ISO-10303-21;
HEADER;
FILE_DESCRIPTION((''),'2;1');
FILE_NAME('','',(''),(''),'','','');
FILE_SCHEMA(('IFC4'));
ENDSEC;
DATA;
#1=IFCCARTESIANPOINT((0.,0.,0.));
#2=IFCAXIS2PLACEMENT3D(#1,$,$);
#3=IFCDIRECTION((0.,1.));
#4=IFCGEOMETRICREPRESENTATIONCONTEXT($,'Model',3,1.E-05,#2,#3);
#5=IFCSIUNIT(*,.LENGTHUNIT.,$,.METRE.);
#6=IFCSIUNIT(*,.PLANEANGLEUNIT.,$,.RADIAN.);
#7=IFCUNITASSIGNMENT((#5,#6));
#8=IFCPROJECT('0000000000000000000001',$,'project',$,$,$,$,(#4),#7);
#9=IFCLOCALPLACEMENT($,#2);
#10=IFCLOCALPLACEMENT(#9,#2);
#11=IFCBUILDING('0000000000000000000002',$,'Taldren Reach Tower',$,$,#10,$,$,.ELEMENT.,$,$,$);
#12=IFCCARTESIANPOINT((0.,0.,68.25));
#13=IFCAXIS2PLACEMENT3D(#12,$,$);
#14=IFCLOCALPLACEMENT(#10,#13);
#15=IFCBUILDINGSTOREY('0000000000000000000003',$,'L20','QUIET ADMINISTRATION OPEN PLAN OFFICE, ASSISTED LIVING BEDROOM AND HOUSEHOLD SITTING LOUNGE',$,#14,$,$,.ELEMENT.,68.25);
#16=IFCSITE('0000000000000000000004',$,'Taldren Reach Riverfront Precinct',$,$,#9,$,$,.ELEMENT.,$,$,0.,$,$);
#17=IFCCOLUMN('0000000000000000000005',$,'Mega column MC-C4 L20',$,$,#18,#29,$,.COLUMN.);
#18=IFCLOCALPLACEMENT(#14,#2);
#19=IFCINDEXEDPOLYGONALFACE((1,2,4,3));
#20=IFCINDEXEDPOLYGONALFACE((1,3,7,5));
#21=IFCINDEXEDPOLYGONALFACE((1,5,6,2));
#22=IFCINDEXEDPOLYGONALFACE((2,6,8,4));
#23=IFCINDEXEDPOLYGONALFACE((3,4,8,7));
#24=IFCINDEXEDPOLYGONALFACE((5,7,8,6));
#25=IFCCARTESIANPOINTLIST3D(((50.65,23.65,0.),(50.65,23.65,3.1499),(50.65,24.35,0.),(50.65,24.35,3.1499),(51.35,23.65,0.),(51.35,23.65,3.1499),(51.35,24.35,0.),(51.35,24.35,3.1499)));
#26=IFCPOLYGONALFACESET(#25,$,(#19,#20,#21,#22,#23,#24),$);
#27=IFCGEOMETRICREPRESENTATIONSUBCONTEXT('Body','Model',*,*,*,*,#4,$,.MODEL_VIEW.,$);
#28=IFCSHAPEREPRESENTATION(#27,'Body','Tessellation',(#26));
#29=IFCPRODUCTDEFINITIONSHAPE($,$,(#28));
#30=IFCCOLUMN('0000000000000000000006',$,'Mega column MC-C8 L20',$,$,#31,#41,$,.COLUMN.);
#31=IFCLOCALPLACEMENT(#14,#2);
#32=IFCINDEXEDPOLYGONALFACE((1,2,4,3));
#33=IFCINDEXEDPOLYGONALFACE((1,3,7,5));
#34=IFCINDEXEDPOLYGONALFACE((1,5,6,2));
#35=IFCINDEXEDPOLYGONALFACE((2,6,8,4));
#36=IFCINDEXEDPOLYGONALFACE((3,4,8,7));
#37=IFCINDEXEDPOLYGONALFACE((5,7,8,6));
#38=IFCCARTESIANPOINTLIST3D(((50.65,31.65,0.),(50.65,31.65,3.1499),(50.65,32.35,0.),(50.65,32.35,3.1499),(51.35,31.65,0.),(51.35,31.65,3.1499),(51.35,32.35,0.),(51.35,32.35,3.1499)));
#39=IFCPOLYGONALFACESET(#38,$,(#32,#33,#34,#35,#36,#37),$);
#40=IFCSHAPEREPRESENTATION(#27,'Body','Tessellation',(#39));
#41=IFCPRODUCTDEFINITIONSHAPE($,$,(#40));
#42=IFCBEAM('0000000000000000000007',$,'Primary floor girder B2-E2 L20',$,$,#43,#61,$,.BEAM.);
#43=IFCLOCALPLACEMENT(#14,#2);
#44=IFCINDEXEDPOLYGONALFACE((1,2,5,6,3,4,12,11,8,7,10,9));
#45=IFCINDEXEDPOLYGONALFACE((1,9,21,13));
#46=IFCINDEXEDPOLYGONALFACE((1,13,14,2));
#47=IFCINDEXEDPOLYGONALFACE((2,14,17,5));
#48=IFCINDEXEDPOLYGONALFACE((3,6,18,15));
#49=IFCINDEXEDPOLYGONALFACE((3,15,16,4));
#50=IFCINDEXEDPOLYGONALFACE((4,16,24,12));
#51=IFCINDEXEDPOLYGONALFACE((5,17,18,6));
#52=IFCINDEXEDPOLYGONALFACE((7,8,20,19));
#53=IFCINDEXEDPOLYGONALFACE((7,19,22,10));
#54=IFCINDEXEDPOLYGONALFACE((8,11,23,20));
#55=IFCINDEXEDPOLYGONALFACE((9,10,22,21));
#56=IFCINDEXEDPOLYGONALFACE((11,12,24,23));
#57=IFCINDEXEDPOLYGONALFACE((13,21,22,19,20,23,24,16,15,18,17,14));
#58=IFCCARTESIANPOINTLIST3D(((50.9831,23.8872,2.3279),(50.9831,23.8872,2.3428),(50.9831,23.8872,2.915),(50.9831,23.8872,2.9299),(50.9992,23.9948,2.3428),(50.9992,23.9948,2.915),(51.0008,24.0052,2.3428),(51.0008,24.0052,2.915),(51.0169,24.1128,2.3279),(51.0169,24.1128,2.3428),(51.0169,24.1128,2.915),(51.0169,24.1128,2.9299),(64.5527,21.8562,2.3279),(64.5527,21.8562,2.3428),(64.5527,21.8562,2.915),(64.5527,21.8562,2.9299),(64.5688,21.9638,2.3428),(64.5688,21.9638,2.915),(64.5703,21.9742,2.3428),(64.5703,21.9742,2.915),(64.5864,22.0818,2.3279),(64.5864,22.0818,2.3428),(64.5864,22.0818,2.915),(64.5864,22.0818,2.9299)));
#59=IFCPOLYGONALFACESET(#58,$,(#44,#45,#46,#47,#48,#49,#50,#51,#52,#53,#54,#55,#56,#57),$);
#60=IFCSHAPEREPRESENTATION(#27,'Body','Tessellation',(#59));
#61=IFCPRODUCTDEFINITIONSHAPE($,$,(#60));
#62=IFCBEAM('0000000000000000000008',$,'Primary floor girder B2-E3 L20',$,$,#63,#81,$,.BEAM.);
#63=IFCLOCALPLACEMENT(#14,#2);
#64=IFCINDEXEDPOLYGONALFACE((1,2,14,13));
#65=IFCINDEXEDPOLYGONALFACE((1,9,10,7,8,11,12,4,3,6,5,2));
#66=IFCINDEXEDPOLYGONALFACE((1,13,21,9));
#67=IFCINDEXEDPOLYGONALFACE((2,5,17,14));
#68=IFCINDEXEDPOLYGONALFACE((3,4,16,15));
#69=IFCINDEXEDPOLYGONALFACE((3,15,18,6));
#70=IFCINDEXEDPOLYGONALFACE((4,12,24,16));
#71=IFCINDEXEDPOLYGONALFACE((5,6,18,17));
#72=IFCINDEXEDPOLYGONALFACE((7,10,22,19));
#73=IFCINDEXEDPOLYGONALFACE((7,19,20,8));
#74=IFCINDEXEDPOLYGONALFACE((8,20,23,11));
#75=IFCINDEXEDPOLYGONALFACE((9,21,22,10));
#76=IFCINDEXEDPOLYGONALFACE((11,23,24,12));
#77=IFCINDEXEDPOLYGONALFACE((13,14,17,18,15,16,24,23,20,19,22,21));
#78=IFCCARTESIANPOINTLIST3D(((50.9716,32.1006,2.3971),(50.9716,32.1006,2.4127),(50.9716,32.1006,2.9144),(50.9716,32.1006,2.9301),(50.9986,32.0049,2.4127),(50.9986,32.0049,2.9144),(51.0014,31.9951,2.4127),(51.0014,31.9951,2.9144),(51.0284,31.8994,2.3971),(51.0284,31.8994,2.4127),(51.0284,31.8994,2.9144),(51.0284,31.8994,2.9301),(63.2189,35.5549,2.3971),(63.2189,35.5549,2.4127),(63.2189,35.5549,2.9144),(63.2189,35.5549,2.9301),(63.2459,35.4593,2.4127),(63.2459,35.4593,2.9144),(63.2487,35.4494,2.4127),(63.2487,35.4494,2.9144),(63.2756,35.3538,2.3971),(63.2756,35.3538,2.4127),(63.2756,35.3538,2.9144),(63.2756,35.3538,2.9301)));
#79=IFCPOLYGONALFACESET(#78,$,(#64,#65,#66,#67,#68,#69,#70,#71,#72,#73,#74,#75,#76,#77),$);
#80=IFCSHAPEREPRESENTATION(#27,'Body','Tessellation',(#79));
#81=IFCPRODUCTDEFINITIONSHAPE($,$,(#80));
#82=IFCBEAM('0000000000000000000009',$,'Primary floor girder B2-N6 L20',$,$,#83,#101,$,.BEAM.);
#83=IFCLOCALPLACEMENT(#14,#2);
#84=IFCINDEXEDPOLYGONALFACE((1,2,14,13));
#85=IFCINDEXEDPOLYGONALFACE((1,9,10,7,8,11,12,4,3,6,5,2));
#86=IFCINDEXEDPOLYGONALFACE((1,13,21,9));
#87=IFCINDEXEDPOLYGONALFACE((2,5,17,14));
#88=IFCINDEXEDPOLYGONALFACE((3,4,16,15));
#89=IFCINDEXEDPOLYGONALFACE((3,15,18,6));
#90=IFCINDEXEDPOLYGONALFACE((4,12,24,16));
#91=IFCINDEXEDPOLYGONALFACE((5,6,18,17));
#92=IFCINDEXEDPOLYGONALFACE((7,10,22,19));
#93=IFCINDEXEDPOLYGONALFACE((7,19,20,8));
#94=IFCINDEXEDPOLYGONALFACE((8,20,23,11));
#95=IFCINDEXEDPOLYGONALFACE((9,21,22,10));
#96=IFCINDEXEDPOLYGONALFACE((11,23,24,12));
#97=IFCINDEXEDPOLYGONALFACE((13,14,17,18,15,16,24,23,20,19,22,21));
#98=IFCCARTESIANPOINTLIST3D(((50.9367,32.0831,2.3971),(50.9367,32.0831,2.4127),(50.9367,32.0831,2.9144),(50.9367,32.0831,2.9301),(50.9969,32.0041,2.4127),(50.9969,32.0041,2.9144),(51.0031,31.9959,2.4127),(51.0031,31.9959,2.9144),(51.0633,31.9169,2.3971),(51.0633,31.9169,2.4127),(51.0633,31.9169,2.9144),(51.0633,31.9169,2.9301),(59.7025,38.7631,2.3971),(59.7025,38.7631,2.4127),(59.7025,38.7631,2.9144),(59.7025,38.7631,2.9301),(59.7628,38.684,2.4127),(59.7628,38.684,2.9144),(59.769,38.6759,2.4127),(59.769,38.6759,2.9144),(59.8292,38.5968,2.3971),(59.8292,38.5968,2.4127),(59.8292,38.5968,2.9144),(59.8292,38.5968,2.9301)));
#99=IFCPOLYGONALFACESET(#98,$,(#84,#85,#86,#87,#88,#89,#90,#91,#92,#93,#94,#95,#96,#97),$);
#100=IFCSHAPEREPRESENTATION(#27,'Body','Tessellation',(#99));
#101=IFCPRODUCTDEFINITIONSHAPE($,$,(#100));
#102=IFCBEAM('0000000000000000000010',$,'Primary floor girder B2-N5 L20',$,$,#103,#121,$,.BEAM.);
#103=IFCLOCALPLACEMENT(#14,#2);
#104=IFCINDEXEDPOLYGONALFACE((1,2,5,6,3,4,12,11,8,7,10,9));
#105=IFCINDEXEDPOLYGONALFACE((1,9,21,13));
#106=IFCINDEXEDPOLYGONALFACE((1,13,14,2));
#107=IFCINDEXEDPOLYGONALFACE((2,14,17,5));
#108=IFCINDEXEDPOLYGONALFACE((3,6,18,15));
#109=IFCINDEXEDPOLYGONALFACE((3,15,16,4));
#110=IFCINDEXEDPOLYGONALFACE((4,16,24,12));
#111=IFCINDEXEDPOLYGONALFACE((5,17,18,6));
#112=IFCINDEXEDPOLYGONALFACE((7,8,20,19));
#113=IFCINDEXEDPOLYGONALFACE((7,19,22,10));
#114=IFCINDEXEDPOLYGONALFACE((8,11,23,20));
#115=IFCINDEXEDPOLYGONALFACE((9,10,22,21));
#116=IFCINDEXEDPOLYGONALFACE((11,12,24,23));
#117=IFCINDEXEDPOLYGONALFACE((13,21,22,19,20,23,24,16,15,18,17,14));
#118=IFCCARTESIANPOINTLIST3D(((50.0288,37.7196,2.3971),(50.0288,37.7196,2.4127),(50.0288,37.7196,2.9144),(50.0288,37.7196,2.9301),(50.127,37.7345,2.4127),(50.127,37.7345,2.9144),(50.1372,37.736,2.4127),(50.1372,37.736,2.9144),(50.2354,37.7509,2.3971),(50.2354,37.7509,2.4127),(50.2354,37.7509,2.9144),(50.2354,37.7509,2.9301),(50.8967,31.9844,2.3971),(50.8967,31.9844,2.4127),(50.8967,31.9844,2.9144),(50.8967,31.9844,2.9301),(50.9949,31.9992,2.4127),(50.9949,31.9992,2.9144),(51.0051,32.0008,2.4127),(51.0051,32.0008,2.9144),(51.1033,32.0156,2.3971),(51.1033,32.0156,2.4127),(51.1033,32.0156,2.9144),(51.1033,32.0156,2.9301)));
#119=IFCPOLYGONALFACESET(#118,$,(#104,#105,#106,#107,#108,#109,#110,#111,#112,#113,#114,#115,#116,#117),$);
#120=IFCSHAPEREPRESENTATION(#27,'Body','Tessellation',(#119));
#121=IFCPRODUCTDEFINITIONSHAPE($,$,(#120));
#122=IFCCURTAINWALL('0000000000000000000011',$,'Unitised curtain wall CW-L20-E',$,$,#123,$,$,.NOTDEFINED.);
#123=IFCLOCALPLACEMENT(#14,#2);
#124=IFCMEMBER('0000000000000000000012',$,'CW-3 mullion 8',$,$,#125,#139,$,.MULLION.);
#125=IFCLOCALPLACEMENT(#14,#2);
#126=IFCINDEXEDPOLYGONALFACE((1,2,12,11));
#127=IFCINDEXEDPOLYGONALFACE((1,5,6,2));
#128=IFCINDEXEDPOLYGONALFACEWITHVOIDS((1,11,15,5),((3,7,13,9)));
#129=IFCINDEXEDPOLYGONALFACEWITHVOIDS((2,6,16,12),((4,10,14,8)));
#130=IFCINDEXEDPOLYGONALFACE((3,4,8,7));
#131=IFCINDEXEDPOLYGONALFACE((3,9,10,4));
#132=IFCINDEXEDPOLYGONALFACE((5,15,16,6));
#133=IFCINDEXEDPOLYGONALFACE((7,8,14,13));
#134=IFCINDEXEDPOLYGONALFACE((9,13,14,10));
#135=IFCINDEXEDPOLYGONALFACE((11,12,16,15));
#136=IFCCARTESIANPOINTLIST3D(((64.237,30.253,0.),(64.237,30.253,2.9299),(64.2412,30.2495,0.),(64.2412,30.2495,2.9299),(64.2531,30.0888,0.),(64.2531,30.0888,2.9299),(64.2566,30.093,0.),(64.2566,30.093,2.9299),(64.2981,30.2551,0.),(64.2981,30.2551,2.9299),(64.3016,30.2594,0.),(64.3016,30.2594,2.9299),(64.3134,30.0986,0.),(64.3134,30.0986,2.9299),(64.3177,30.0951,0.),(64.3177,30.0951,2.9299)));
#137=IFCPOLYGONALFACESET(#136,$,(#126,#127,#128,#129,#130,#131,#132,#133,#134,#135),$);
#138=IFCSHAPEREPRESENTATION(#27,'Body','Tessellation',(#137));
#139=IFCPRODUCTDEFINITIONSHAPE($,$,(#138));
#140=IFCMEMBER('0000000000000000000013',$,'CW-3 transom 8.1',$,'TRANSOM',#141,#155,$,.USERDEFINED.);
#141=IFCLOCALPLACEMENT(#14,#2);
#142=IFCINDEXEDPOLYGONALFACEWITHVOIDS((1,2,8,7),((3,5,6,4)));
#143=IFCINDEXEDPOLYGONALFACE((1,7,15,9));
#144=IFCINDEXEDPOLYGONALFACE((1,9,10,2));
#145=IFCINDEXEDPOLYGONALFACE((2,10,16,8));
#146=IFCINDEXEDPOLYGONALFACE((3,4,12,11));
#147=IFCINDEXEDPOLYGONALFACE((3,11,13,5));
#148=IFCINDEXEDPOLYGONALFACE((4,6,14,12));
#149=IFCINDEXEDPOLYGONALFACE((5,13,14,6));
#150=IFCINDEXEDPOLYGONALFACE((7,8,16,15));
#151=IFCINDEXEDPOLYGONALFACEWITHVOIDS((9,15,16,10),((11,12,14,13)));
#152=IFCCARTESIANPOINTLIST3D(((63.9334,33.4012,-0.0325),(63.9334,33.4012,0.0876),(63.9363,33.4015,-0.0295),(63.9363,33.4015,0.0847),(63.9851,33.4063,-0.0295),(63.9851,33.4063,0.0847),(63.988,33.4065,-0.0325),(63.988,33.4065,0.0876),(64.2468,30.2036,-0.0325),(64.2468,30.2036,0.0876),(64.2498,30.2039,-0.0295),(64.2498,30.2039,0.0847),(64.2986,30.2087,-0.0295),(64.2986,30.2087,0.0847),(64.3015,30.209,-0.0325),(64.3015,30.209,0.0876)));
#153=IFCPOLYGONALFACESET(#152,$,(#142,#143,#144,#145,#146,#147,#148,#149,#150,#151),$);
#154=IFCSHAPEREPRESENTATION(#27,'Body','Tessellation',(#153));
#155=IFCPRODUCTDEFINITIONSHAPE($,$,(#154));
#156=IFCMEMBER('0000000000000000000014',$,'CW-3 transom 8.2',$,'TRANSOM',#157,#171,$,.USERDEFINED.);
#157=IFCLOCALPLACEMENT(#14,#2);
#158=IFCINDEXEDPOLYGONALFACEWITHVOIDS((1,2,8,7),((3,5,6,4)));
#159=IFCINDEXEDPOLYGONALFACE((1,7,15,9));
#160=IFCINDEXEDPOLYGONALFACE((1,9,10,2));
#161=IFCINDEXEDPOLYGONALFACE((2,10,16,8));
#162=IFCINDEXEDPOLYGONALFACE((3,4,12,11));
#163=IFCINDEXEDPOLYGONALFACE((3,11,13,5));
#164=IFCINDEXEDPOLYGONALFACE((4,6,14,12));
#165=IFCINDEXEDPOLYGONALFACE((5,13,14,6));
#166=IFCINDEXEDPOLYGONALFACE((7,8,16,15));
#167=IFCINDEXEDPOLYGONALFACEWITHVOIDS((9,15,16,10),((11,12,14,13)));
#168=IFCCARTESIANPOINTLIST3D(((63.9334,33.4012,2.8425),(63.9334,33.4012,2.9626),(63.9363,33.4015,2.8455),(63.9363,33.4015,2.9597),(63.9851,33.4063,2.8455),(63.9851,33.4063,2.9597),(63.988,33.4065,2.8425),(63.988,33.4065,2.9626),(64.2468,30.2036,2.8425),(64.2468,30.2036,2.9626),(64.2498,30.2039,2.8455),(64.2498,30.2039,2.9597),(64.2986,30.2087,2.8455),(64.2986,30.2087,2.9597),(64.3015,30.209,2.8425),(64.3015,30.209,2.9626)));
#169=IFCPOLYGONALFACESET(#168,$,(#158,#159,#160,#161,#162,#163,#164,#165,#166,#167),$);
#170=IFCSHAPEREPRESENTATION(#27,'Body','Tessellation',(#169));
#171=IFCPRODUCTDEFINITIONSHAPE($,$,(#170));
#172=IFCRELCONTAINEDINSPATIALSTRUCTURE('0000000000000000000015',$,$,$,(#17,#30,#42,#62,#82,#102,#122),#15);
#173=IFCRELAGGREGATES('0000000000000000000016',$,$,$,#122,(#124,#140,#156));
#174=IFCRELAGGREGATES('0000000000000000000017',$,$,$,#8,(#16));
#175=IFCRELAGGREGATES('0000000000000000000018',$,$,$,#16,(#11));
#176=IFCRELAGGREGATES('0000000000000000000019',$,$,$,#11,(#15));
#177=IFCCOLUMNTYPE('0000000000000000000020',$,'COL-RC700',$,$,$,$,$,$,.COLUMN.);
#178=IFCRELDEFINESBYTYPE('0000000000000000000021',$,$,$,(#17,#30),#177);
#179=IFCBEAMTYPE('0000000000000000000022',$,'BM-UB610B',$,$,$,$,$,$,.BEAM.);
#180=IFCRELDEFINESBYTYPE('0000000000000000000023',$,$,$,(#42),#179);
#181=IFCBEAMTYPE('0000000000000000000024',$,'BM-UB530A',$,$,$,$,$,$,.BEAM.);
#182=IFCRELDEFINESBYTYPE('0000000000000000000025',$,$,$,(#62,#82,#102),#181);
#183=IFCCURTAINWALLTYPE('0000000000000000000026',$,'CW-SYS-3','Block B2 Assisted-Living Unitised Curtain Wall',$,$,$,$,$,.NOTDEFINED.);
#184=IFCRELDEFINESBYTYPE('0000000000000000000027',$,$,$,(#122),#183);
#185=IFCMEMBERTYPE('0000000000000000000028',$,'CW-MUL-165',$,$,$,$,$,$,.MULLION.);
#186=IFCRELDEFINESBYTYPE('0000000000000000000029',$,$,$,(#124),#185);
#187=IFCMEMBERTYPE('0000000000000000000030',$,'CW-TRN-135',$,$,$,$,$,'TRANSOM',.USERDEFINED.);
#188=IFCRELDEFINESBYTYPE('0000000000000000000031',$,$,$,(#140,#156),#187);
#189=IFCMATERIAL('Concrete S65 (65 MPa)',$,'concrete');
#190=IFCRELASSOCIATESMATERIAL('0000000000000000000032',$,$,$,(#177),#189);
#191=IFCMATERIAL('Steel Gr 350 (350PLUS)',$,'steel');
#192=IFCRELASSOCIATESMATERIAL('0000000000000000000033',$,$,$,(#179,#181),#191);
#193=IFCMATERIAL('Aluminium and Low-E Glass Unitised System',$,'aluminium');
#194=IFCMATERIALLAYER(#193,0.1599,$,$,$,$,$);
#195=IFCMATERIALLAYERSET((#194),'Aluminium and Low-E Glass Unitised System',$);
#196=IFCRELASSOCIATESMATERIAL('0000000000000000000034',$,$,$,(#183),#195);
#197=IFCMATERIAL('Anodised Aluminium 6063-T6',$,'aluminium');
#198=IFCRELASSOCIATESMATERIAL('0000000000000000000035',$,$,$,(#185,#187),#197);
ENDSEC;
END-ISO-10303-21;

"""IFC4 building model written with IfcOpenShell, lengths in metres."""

from ifc_helpers import new_model, si_unit, direction, frame, origin, origin_2d, place, context, subcontext, project, spatial, rectangle, hollow_rectangle, i_section, extrude, source, transform, mapped, material, layer, layer_set, material_profile, profile_set, type_object, element, aggregate, save


model = new_model("IFC4")

# Units and contexts
model_context = context("Model", 3, precision=1e-05, world=origin(), true_north=direction((0.0, 1.0)))
body_context = subcontext(model_context, "Body", "Model", "MODEL_VIEW")
ifc_project = project(units=[si_unit("LENGTHUNIT", "METRE"), si_unit("PLANEANGLEUNIT", "RADIAN")], contexts=[model_context])

# Site, building, storey
site_placement = place(None, origin())
site = spatial("IfcSite", under=ifc_project, at=site_placement, Name="Taldren Reach Riverfront Precinct", CompositionType="ELEMENT", RefElevation=0.0)
building_placement = place(site_placement, origin())
building = spatial("IfcBuilding", under=site, at=building_placement, Name="Taldren Reach Tower", CompositionType="ELEMENT")
storey_placement = place(building_placement, frame((0.0, 0.0, 68.25)))
storey = spatial("IfcBuildingStorey", under=building, at=storey_placement, Name="L20", Description="QUIET ADMINISTRATION OPEN PLAN OFFICE, ASSISTED LIVING BEDROOM AND HOUSEHOLD SITTING LOUNGE", CompositionType="ELEMENT", Elevation=68.25)

# Columns
ifc_material_1 = material(Name="Concrete S65 (65 MPa)", Category="concrete")
ifc_material_profile_1 = material_profile(ifc_material_1, rectangle(XDim=0.7, YDim=0.7, at=origin_2d()), Name="RC-700x700")
ifc_profile_set_1 = profile_set([ifc_material_profile_1], Name="Concrete S65 (65 MPa)")
column_type = type_object("IfcColumnType", Name="COL-RC700", PredefinedType="COLUMN", material=ifc_profile_set_1)
shared_shape_1 = source(origin(), body_context, "Body", "SweptSolid", [
    extrude(rectangle(XDim=0.7, YDim=0.7, at=origin_2d()), origin(), (0.0, 0.0, 1.0), 3.1499),
])
for number, where, z_axis, x_axis, name in (
    (1, (51.0, 24.0, 0.0), (0.0, 0.0, 1.0), (1.0, 0.0, 0.0), "Mega column MC-C4 L20"),
    (2, (51.0, 32.0, 0.0), (0.0, 0.0, 1.0), (1.0, 0.0, 0.0), "Mega column MC-C8 L20"),
):
    element("IfcColumn", number, at=place(storey_placement, frame(where, z_axis=z_axis, x_axis=x_axis)), inside=storey, type_object=column_type, Name=name, PredefinedType="COLUMN", context=body_context, shape_type="MappedRepresentation", body=[
        mapped(shared_shape_1, transform((0.0, 0.0, 0.0), scale=1.0)),
    ])

# Beams
ifc_material_2 = material(Name="Steel Gr 350 (350PLUS)", Category="steel")
ifc_material_profile_2 = material_profile(ifc_material_2, i_section(OverallWidth=0.228, OverallDepth=0.6021, WebThickness=0.0105, FlangeThickness=0.0149, at=origin_2d()), Name="610UB101")
ifc_profile_set_2 = profile_set([ifc_material_profile_2], Name="Steel Gr 350 (350PLUS)")
beam_type_1 = type_object("IfcBeamType", Name="BM-UB610B", PredefinedType="BEAM", material=ifc_profile_set_2)
shared_shape_2 = source(origin(), body_context, "Body", "SweptSolid", [
    extrude(i_section(OverallWidth=0.228, OverallDepth=0.6021, WebThickness=0.0105, FlangeThickness=0.0149, at=origin_2d()), origin(), (0.0, 0.0, 1.0), 13.7207),
])
beam_1_placement = place(storey_placement, frame((51.0, 24.0, 2.6289), z_axis=(0.988984, -0.148025, 0.0), x_axis=(0.148025, 0.988984, 0.0)))
element("IfcBeam", 3, at=beam_1_placement, inside=storey, type_object=beam_type_1, Name="Primary floor girder B2-E2 L20", PredefinedType="BEAM", context=body_context, shape_type="MappedRepresentation", body=[
    mapped(shared_shape_2, transform((0.0, 0.0, 0.0), scale=1.0)),
])
ifc_material_profile_3 = material_profile(ifc_material_2, i_section(OverallWidth=0.209, OverallDepth=0.533, WebThickness=0.0103, FlangeThickness=0.0156, at=origin_2d()), Name="530UB92.4")
ifc_profile_set_3 = profile_set([ifc_material_profile_3], Name="Steel Gr 350 (350PLUS)")
beam_type_2 = type_object("IfcBeamType", Name="BM-UB530A", PredefinedType="BEAM", material=ifc_profile_set_3)
shared_shape_3 = source(origin(), body_context, "Body", "SweptSolid", [
    extrude(i_section(OverallWidth=0.209, OverallDepth=0.533, WebThickness=0.0103, FlangeThickness=0.0156, at=origin_2d()), origin(), (0.0, 0.0, 1.0), 12.7251),
])
beam_2_placement = place(storey_placement, frame((51.0, 32.0, 2.6636), z_axis=(0.96245, 0.271458, 0.0), x_axis=(-0.271458, 0.96245, 0.0)))
element("IfcBeam", 4, at=beam_2_placement, inside=storey, type_object=beam_type_2, Name="Primary floor girder B2-E3 L20", PredefinedType="BEAM", context=body_context, shape_type="MappedRepresentation", body=[
    mapped(shared_shape_3, transform((0.0, 0.0, 0.0), scale=1.0)),
])
shared_shape_4 = source(origin(), body_context, "Body", "SweptSolid", [
    extrude(i_section(OverallWidth=0.209, OverallDepth=0.533, WebThickness=0.0103, FlangeThickness=0.0156, at=origin_2d()), origin(), (0.0, 0.0, 1.0), 11.021),
])
beam_3_placement = place(storey_placement, frame((51.0, 32.0, 2.6636), z_axis=(0.79538, 0.606111, 0.0), x_axis=(-0.606111, 0.79538, 0.0)))
element("IfcBeam", 5, at=beam_3_placement, inside=storey, type_object=beam_type_2, Name="Primary floor girder B2-N6 L20", PredefinedType="BEAM", context=body_context, shape_type="MappedRepresentation", body=[
    mapped(shared_shape_4, transform((0.0, 0.0, 0.0), scale=1.0)),
])
shared_shape_5 = source(origin(), body_context, "Body", "SweptSolid", [
    extrude(i_section(OverallWidth=0.209, OverallDepth=0.533, WebThickness=0.0103, FlangeThickness=0.0156, at=origin_2d()), origin(), (0.0, 0.0, 1.0), 5.8005),
])
beam_4_placement = place(storey_placement, frame((51.0, 32.0, 2.6636), z_axis=(-0.149625, 0.988743, 0.0), x_axis=(-0.988743, -0.149625, 0.0)))
element("IfcBeam", 6, at=beam_4_placement, inside=storey, type_object=beam_type_2, Name="Primary floor girder B2-N5 L20", PredefinedType="BEAM", context=body_context, shape_type="MappedRepresentation", body=[
    mapped(shared_shape_5, transform((0.0, 0.0, 0.0), scale=1.0)),
])

# Curtain wall, members
ifc_material_3 = material(Name="Aluminium and Low-E Glass Unitised System", Category="aluminium")
ifc_layer_1 = layer(ifc_material_3, 0.1599)
ifc_layer_set_1 = layer_set([ifc_layer_1], Name="Aluminium and Low-E Glass Unitised System")
curtain_wall_type = type_object("IfcCurtainWallType", Name="CW-SYS-3", Description="Block B2 Assisted-Living Unitised Curtain Wall", PredefinedType="NOTDEFINED", material=ifc_layer_set_1)
curtain_wall_placement = place(storey_placement, origin())
curtain_wall = element("IfcCurtainWall", 7, at=curtain_wall_placement, inside=storey, type_object=curtain_wall_type, Name="Unitised curtain wall CW-L20-E", PredefinedType="NOTDEFINED")
ifc_material_4 = material(Name="Anodised Aluminium 6063-T6", Category="aluminium")
ifc_material_profile_4 = material_profile(ifc_material_4, hollow_rectangle(XDim=0.0649, YDim=0.165, WallThickness=0.0039, at=origin_2d()), Name="ALU-165x65x4RHS")
ifc_profile_set_4 = profile_set([ifc_material_profile_4], Name="Anodised Aluminium 6063-T6")
member_type_1 = type_object("IfcMemberType", Name="CW-MUL-165", PredefinedType="MULLION", material=ifc_profile_set_4)
shared_shape_6 = source(origin(), body_context, "Body", "SweptSolid", [
    extrude(hollow_rectangle(XDim=0.0649, YDim=0.165, WallThickness=0.0039, at=origin_2d()), origin(), (0.0, 0.0, 1.0), 2.9299),
])
member_1_placement = place(storey_placement, frame((64.2773, 30.1741, 0.0), z_axis=(0.0, 0.0, 1.0), x_axis=(-0.995227, -0.097583, 0.0)))
member_1 = element("IfcMember", 8, at=member_1_placement, type_object=member_type_1, Name="CW-3 mullion 8", PredefinedType="MULLION", context=body_context, shape_type="MappedRepresentation", body=[
    mapped(shared_shape_6, transform((0.0, 0.0, 0.0), scale=1.0)),
])
ifc_material_profile_5 = material_profile(ifc_material_4, hollow_rectangle(XDim=0.0549, YDim=0.1201, WallThickness=0.0029, at=origin_2d()), Name="ALU-120x55x3RHS")
ifc_profile_set_5 = profile_set([ifc_material_profile_5], Name="Anodised Aluminium 6063-T6")
member_type_2 = type_object("IfcMemberType", Name="CW-TRN-135", ElementType="TRANSOM", PredefinedType="USERDEFINED", material=ifc_profile_set_5)
shared_shape_7 = source(origin(), body_context, "Body", "SweptSolid", [
    extrude(hollow_rectangle(XDim=0.0549, YDim=0.1201, WallThickness=0.0029, at=origin_2d()), origin(), (0.0, 0.0, 1.0), 3.2129),
])
member_2_placement = place(storey_placement, frame((64.2742, 30.2063, 0.0276), z_axis=(-0.09757, 0.995229, 0.0), x_axis=(-0.995229, -0.09757, 0.0)))
member_2 = element("IfcMember", 9, at=member_2_placement, type_object=member_type_2, Name="CW-3 transom 8.1", ObjectType="TRANSOM", PredefinedType="USERDEFINED", context=body_context, shape_type="MappedRepresentation", body=[
    mapped(shared_shape_7, transform((0.0, 0.0, 0.0), scale=1.0)),
])
member_3_placement = place(storey_placement, frame((64.2742, 30.2063, 2.9026), z_axis=(-0.09757, 0.995229, 0.0), x_axis=(-0.995229, -0.09757, 0.0)))
member_3 = element("IfcMember", 10, at=member_3_placement, type_object=member_type_2, Name="CW-3 transom 8.2", ObjectType="TRANSOM", PredefinedType="USERDEFINED", context=body_context, shape_type="MappedRepresentation", body=[
    mapped(shared_shape_7, transform((0.0, 0.0, 0.0), scale=1.0)),
])
aggregate(curtain_wall, [member_1, member_2, member_3])

save(model, "model.ifc")
